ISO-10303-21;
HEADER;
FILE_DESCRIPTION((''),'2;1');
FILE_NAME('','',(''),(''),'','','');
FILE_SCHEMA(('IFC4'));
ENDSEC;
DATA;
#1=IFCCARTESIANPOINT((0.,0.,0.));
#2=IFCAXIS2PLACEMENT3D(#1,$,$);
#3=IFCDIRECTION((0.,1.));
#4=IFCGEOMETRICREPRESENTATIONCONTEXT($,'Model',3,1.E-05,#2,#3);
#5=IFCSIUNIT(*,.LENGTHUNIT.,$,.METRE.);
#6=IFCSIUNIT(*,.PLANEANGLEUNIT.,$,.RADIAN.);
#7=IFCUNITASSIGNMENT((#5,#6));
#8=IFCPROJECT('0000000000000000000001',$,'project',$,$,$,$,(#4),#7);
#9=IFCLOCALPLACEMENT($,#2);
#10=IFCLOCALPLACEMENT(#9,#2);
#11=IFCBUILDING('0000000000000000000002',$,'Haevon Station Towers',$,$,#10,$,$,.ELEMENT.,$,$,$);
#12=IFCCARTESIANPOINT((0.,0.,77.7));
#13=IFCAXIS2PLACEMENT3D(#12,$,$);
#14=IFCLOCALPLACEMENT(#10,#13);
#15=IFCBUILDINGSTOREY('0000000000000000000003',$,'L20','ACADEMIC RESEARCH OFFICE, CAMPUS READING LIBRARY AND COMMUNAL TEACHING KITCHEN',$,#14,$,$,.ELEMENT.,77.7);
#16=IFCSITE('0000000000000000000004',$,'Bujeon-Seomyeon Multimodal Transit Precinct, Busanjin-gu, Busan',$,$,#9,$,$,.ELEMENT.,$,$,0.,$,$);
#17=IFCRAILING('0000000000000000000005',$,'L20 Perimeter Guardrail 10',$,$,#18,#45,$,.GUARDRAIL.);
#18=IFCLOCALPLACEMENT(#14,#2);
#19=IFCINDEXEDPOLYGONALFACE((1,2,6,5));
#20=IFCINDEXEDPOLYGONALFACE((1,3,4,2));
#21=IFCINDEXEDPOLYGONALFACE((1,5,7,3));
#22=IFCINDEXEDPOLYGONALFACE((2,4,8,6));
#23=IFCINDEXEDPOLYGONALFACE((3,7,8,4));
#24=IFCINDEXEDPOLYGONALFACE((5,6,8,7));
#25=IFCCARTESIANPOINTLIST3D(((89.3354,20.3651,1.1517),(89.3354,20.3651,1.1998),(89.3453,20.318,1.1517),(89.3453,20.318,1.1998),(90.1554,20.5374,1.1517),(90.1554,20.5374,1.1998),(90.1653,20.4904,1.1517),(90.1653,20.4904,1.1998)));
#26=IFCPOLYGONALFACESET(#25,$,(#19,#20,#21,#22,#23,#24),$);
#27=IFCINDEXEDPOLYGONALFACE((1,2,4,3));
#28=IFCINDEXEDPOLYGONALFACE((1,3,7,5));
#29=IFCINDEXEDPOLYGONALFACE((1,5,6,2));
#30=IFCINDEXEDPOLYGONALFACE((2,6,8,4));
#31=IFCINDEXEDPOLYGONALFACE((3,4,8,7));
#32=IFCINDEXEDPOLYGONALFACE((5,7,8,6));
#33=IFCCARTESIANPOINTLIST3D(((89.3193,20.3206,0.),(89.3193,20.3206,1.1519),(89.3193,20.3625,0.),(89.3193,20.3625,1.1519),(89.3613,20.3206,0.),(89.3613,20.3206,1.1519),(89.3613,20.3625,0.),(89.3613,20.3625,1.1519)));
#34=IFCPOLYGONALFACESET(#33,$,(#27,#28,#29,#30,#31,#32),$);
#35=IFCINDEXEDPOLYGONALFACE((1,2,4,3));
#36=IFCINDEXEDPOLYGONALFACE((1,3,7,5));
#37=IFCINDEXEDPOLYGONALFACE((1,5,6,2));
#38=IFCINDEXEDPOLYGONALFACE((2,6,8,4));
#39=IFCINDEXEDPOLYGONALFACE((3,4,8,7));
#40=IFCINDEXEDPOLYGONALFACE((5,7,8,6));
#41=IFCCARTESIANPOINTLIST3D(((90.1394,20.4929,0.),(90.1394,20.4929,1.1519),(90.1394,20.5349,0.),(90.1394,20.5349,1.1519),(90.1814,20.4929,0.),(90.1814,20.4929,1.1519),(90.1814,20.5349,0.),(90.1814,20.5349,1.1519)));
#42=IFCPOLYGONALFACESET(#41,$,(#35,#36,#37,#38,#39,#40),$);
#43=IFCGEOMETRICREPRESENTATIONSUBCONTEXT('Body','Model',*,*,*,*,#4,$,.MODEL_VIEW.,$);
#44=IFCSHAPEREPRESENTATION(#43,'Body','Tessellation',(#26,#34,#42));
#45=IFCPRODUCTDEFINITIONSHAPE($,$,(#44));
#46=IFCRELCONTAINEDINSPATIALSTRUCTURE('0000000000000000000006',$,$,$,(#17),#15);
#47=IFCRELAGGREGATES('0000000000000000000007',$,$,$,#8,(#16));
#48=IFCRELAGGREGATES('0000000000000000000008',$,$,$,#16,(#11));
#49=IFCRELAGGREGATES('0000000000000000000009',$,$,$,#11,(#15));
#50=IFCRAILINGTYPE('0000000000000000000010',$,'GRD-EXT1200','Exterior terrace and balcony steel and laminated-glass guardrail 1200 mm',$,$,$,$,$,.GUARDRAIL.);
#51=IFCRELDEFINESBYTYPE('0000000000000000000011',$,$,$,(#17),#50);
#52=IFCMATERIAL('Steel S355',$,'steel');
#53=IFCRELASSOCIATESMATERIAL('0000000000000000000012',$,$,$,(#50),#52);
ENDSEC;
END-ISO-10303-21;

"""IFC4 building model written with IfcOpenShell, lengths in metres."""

from ifc_helpers import new_model, si_unit, direction, frame, origin, origin_2d, place, context, subcontext, project, spatial, rectangle, extrude, material, type_object, element, save


model = new_model("IFC4")

# Units and contexts
model_context = context("Model", 3, precision=1e-05, world=origin(), true_north=direction((0.0, 1.0)))
body_context = subcontext(model_context, "Body", "Model", "MODEL_VIEW")
ifc_project = project(units=[si_unit("LENGTHUNIT", "METRE"), si_unit("PLANEANGLEUNIT", "RADIAN")], contexts=[model_context])

# Site, building, storey
site_placement = place(None, origin())
site = spatial("IfcSite", under=ifc_project, at=site_placement, Name="Bujeon-Seomyeon Multimodal Transit Precinct, Busanjin-gu, Busan", CompositionType="ELEMENT", RefElevation=0.0)
building_placement = place(site_placement, origin())
building = spatial("IfcBuilding", under=site, at=building_placement, Name="Haevon Station Towers", CompositionType="ELEMENT")
storey_placement = place(building_placement, frame((0.0, 0.0, 77.7)))
storey = spatial("IfcBuildingStorey", under=building, at=storey_placement, Name="L20", Description="ACADEMIC RESEARCH OFFICE, CAMPUS READING LIBRARY AND COMMUNAL TEACHING KITCHEN", CompositionType="ELEMENT", Elevation=77.7)

# Shared definitions
ifc_material_1 = material(Name="Steel S355", Category="steel")

# Railing
railing_type = type_object("IfcRailingType", Name="GRD-EXT1200", Description="Exterior terrace and balcony steel and laminated-glass guardrail 1200 mm", PredefinedType="GUARDRAIL", material=ifc_material_1)
railing_1_placement = place(storey_placement, frame((89.3403, 20.3416, 0.0)))
element("IfcRailing", 1, at=railing_1_placement, inside=storey, type_object=railing_type, Name="L20 Perimeter Guardrail 10", PredefinedType="GUARDRAIL", context=body_context, shape_type="SweptSolid", body=[
    extrude(rectangle(XDim=0.0481, YDim=0.0481, at=origin_2d()), frame((0.0, 0.0, 1.1758), z_axis=(0.978618, 0.205687, 0.0), x_axis=(-0.205687, 0.978618, 0.0)), (0.0, 0.0, 1.0), 0.8379),
    extrude(rectangle(XDim=0.042, YDim=0.042, at=origin_2d()), origin(), (0.0, 0.0, 1.0), 1.1519),
    extrude(rectangle(XDim=0.042, YDim=0.042, at=origin_2d()), frame((0.8201, 0.1724, 0.0)), (0.0, 0.0, 1.0), 1.1519),
])

save(model, "model.ifc")
